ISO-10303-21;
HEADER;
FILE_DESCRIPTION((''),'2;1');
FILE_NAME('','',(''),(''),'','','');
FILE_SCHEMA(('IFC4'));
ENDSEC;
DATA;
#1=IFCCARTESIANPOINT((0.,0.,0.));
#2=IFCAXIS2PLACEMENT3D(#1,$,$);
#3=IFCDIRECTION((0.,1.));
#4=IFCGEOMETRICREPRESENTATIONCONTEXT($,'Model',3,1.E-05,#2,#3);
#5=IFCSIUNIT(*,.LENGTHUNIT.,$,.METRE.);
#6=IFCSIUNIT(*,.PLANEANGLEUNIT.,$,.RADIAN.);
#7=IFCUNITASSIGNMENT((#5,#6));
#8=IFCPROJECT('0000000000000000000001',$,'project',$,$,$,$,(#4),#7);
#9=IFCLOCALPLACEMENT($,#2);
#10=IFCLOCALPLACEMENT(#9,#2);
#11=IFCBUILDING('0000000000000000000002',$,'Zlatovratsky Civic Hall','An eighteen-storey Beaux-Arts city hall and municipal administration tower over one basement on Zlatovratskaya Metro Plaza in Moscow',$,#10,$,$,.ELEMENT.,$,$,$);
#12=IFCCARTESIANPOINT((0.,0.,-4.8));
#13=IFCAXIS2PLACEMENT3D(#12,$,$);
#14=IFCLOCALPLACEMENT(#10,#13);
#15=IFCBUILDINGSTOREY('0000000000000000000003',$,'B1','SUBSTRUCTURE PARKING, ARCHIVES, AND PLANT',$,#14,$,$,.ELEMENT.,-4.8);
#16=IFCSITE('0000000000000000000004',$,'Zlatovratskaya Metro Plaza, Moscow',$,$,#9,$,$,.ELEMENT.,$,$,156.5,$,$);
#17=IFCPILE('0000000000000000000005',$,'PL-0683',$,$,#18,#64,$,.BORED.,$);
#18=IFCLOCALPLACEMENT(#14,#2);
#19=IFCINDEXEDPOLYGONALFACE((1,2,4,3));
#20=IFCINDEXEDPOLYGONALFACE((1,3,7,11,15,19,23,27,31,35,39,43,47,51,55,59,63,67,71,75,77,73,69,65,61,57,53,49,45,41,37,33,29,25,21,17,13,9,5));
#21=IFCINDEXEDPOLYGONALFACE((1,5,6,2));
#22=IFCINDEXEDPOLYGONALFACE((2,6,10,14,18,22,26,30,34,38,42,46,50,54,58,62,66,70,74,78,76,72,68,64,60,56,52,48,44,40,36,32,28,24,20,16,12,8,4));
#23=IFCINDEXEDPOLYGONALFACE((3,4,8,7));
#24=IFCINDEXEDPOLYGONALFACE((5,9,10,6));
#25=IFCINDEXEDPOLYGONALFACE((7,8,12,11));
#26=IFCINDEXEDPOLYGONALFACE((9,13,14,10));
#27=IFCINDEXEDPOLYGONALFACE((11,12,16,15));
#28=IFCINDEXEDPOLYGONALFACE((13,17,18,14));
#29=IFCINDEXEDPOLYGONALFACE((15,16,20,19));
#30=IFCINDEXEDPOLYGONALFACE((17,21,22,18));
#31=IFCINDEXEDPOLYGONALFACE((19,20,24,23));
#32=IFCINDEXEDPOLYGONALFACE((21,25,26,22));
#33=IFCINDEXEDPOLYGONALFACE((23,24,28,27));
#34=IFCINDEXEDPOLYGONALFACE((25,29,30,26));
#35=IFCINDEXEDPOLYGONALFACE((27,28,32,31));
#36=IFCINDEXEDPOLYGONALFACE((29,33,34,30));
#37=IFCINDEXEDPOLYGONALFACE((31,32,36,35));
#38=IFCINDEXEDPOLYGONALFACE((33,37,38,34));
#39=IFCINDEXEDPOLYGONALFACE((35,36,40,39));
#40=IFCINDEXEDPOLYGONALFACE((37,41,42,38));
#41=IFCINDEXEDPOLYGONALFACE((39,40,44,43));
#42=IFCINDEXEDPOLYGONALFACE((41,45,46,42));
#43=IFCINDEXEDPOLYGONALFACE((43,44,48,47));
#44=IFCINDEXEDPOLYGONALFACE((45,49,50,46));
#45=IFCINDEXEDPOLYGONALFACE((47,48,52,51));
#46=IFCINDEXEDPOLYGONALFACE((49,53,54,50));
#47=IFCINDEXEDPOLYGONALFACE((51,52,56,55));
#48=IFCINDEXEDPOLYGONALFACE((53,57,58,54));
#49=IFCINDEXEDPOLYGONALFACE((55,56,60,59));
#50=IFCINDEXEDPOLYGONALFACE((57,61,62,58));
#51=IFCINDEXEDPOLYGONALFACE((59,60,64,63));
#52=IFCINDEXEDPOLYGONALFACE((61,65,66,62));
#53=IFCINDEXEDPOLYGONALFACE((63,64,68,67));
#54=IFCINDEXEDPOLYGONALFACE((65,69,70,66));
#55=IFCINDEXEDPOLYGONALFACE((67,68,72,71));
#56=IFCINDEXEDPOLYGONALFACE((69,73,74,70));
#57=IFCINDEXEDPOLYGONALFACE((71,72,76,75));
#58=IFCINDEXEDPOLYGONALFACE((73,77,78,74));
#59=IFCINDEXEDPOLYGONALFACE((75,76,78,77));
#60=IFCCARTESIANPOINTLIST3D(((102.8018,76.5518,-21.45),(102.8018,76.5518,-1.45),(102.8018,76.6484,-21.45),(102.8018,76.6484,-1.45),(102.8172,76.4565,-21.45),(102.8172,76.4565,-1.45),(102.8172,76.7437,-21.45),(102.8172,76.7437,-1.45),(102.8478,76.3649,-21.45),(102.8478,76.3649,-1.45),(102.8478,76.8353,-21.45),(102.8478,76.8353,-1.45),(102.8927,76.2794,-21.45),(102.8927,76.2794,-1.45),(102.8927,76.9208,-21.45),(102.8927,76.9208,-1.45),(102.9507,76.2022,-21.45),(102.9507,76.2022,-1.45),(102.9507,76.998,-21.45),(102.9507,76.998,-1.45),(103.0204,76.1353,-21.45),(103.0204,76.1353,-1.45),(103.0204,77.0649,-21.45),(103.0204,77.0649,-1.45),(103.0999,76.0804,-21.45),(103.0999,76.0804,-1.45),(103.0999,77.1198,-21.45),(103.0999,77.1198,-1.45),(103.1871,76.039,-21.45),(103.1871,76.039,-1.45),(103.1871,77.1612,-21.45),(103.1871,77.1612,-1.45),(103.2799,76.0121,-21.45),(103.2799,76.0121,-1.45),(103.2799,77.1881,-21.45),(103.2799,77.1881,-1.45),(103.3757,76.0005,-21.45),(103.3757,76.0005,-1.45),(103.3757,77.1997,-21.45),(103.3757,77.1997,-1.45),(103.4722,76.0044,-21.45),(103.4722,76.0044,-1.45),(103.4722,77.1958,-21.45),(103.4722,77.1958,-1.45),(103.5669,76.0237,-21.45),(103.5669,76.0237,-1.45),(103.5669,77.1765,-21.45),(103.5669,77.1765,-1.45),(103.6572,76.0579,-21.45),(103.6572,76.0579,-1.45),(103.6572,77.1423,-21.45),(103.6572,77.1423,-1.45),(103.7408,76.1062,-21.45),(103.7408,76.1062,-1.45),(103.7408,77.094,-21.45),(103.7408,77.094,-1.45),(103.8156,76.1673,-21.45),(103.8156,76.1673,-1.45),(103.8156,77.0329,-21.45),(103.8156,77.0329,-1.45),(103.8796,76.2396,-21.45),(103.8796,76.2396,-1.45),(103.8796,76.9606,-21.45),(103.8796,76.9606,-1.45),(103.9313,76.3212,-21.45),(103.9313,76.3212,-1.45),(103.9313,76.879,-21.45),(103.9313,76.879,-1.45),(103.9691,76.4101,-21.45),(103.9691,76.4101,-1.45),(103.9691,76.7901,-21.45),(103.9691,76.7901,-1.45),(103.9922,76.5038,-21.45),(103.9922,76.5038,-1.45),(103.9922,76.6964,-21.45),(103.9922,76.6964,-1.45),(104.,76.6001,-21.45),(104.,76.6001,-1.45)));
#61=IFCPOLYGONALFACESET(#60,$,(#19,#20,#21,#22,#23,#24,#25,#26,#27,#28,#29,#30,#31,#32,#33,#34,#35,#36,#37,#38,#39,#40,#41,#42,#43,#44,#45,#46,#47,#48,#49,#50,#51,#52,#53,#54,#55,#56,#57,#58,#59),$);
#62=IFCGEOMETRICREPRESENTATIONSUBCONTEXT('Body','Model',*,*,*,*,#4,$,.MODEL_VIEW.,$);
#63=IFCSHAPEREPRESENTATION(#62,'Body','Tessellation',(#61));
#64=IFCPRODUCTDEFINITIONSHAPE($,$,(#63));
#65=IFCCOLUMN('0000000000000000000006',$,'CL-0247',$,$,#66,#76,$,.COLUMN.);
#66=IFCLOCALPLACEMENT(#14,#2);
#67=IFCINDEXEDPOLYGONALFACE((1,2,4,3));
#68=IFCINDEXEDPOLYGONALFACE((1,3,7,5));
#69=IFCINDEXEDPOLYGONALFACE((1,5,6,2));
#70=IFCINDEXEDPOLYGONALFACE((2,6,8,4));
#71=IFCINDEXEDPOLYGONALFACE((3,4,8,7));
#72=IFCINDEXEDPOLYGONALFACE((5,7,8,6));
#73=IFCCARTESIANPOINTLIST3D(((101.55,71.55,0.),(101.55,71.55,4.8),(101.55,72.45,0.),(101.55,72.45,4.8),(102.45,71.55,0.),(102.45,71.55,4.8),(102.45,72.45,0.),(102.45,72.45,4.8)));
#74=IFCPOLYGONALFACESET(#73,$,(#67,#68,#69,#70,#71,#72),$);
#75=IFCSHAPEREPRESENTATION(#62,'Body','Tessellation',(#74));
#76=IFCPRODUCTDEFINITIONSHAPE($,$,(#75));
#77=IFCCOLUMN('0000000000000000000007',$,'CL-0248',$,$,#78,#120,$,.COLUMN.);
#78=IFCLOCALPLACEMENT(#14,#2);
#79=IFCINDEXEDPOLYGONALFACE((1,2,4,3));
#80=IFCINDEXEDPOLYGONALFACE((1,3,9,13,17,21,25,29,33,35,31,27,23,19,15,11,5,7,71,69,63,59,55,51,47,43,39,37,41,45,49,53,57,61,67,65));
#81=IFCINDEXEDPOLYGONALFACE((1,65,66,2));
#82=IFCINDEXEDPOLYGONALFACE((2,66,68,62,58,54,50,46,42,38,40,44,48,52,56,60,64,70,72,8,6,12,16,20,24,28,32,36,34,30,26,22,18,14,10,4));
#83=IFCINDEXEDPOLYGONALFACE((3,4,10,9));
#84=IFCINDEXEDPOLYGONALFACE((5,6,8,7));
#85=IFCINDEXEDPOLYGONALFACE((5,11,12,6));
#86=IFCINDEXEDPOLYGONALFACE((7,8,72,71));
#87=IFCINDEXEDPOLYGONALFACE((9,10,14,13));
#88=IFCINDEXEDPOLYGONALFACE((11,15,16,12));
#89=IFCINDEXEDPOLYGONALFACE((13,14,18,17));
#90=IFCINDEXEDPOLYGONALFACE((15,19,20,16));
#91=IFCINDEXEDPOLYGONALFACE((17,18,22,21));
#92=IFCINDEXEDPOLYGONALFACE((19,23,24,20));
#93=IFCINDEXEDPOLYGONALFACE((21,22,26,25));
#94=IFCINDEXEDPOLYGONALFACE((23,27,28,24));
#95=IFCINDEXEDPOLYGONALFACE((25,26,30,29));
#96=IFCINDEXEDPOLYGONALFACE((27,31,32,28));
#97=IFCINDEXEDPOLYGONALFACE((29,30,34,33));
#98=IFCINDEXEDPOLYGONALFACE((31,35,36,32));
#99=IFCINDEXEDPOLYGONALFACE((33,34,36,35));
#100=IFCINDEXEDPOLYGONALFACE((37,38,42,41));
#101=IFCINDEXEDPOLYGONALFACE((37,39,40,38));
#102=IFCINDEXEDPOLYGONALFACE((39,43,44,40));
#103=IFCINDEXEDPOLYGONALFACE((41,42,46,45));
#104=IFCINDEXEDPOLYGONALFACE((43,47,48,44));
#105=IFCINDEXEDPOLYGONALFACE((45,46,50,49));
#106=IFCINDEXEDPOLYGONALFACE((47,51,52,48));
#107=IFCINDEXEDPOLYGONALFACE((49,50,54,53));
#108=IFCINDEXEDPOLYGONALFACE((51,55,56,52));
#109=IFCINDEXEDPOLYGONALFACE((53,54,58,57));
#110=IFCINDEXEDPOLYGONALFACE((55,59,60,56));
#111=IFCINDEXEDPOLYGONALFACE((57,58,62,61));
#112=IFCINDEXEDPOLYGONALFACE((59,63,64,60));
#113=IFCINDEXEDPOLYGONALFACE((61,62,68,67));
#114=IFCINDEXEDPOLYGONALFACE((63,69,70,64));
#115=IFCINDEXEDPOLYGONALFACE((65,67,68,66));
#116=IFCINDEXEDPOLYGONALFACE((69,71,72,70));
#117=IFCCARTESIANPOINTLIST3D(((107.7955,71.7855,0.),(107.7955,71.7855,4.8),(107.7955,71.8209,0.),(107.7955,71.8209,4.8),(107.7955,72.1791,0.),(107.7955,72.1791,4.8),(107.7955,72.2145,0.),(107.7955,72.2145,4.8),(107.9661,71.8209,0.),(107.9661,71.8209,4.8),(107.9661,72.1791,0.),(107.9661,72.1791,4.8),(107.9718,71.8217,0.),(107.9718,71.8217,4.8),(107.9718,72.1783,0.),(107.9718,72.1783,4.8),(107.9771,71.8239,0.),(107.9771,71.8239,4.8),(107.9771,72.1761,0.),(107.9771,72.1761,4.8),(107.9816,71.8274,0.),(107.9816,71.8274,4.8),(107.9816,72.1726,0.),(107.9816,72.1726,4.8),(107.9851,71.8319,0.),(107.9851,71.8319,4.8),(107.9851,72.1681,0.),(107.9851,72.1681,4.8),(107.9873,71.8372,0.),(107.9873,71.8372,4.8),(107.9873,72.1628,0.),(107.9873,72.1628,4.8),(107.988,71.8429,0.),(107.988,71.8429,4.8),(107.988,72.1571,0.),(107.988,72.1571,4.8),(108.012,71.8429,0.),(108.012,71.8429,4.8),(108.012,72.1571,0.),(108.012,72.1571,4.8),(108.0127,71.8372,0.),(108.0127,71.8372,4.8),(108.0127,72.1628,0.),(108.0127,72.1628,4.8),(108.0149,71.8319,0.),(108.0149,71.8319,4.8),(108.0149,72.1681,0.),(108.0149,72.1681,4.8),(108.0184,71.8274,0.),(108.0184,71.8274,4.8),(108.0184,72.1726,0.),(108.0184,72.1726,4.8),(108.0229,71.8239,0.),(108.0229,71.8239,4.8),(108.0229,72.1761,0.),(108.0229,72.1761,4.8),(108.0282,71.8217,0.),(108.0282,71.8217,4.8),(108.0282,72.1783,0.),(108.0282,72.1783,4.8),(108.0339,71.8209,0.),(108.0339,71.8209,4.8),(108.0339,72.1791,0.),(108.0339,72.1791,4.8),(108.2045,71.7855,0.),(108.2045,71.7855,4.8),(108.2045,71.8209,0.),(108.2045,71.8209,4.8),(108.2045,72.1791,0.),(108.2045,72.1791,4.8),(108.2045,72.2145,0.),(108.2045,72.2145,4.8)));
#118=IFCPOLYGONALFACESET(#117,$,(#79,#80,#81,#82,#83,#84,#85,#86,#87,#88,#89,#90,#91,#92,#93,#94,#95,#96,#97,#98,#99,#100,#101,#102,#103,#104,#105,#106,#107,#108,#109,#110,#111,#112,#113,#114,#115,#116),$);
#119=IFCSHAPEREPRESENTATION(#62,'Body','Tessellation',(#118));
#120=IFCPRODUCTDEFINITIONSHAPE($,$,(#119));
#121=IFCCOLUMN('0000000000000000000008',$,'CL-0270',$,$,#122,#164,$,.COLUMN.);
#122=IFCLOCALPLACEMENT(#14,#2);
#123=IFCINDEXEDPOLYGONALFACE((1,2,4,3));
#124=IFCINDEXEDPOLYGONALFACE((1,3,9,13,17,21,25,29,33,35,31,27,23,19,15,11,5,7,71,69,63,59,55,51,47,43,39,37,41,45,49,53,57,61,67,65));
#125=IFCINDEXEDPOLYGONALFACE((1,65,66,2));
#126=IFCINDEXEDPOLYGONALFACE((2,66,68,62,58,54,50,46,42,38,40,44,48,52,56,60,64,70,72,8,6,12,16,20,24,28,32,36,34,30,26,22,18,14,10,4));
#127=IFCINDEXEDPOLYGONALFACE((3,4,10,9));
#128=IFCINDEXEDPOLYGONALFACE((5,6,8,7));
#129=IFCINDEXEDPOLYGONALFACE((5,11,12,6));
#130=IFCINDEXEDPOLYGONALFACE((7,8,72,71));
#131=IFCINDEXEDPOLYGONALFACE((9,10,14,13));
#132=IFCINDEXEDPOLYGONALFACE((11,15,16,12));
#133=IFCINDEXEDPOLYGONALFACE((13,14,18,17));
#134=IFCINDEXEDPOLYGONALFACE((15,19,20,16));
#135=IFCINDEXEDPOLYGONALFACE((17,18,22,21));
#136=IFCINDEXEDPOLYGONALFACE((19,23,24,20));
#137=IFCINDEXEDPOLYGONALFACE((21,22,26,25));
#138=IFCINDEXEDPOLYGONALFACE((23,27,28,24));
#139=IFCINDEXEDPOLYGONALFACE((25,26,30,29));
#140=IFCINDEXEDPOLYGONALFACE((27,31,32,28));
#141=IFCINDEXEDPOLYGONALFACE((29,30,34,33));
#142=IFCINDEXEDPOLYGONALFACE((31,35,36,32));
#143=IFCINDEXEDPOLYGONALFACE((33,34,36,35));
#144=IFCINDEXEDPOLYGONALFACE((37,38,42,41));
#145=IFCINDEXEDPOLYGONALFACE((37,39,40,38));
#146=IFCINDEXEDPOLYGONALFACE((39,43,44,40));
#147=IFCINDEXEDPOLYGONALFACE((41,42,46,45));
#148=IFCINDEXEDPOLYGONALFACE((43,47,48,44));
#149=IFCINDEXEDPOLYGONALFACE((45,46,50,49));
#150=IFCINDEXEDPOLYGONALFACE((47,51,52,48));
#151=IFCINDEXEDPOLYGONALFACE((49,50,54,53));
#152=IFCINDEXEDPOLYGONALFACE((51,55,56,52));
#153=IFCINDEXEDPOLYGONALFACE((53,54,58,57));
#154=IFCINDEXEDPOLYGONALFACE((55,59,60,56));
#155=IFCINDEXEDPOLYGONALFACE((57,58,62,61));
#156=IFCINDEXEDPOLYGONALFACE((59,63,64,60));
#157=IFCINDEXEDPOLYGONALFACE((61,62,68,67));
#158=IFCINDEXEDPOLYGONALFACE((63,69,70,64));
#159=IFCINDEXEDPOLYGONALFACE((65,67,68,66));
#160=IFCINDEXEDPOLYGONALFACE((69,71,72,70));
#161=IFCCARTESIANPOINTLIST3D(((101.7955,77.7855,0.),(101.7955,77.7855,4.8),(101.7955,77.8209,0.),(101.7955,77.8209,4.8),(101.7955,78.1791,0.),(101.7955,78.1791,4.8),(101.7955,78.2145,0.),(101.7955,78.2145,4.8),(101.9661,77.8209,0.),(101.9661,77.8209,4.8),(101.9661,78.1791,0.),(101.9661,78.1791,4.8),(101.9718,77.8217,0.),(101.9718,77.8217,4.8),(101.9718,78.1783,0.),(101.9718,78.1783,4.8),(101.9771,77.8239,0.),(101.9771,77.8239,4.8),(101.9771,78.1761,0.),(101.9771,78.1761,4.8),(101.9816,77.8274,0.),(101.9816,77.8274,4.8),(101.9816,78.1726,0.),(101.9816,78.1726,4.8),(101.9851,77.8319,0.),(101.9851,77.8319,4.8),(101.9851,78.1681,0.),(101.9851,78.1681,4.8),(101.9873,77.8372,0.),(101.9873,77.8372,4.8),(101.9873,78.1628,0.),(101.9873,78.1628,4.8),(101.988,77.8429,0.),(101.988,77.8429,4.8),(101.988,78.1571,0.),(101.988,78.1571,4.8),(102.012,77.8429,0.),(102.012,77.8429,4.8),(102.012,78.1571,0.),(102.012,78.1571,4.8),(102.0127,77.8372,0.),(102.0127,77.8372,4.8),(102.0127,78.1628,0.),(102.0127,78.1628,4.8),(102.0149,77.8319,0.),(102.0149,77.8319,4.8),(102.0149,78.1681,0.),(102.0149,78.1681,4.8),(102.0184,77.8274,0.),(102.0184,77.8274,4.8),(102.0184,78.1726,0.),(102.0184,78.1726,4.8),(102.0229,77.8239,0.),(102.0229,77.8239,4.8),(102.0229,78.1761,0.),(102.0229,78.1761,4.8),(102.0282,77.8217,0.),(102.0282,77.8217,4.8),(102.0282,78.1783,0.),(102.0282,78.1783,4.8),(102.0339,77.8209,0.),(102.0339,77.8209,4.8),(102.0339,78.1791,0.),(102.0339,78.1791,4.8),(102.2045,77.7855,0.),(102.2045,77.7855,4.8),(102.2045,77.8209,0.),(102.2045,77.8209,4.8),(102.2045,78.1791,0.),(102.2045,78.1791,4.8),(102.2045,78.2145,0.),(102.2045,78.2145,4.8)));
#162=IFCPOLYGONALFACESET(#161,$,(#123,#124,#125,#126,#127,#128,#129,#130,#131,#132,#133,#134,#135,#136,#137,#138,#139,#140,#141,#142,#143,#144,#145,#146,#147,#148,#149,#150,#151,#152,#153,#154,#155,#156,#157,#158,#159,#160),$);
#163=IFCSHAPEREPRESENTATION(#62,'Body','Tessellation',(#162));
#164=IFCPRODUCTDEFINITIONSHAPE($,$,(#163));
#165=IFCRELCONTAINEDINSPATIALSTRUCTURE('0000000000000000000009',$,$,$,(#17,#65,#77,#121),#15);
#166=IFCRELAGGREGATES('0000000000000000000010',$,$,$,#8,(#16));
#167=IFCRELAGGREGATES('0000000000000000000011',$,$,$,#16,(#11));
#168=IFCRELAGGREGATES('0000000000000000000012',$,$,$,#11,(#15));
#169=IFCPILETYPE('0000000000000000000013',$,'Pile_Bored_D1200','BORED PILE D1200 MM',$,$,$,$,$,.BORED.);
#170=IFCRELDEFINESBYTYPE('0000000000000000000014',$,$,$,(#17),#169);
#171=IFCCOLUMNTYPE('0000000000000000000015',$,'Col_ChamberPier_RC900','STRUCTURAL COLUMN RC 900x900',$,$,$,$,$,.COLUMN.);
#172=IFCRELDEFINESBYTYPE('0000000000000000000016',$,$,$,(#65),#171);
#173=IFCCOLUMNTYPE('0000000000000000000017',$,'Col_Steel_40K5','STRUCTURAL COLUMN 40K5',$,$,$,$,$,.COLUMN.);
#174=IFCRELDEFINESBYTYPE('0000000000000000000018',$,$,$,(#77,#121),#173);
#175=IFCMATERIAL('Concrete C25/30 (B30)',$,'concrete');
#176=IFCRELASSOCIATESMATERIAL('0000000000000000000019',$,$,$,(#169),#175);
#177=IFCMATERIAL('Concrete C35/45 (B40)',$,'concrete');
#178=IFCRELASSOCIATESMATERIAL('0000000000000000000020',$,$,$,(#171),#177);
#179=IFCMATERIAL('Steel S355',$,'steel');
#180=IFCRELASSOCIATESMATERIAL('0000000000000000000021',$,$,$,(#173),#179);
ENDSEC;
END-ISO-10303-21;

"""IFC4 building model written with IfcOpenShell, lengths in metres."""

from ifc_helpers import new_model, si_unit, direction, frame, origin, origin_2d, place, context, subcontext, project, spatial, rectangle, circle, i_section, extrude, material, material_profile, profile_set, type_object, element, save


model = new_model("IFC4")

# Units and contexts
model_context = context("Model", 3, precision=1e-05, world=origin(), true_north=direction((0.0, 1.0)))
body_context = subcontext(model_context, "Body", "Model", "MODEL_VIEW")
ifc_project = project(units=[si_unit("LENGTHUNIT", "METRE"), si_unit("PLANEANGLEUNIT", "RADIAN")], contexts=[model_context])

# Site, building, storey
site_placement = place(None, origin())
site = spatial("IfcSite", under=ifc_project, at=site_placement, Name="Zlatovratskaya Metro Plaza, Moscow", CompositionType="ELEMENT", RefElevation=156.5)
building_placement = place(site_placement, origin())
building = spatial("IfcBuilding", under=site, at=building_placement, Name="Zlatovratsky Civic Hall", Description="An eighteen-storey Beaux-Arts city hall and municipal administration tower over one basement on Zlatovratskaya Metro Plaza in Moscow", CompositionType="ELEMENT")
storey_placement = place(building_placement, frame((0.0, 0.0, -4.8)))
storey = spatial("IfcBuildingStorey", under=building, at=storey_placement, Name="B1", Description="SUBSTRUCTURE PARKING, ARCHIVES, AND PLANT", CompositionType="ELEMENT", Elevation=-4.8)

# Shared definitions
ifc_material_1 = material(Name="Concrete C25/30 (B30)", Category="concrete")

# Pile
ifc_material_profile_1 = material_profile(ifc_material_1, circle(Radius=0.6001, at=origin_2d()), Name="PILE D1200")
ifc_profile_set_1 = profile_set([ifc_material_profile_1], Name="Concrete C25/30 (B30)")
pile_type_1 = type_object("IfcPileType", Name="Pile_Bored_D1200", Description="BORED PILE D1200 MM", PredefinedType="BORED", material=ifc_profile_set_1)
for number, where, z_axis, x_axis, name in (
    (1, (103.3999, 76.6001, -1.45), (0.0, 0.0, -1.0), (1.0, 0.0, 0.0), "PL-0683"),
):
    element("IfcPile", number, at=place(storey_placement, frame(where, z_axis=z_axis, x_axis=x_axis)), inside=storey, type_object=pile_type_1, Name=name, PredefinedType="BORED", context=body_context, shape_type="SweptSolid", body=[
        extrude(circle(Radius=0.6001, at=origin_2d()), origin(), (0.0, 0.0, 1.0), 20.0),
    ])

# Columns
ifc_material_2 = material(Name="Concrete C35/45 (B40)", Category="concrete")
ifc_material_profile_2 = material_profile(ifc_material_2, rectangle(XDim=0.8999, YDim=0.8999, at=origin_2d()), Name="RC 900x900")
ifc_profile_set_2 = profile_set([ifc_material_profile_2], Name="Concrete C35/45 (B40)")
column_type_1 = type_object("IfcColumnType", Name="Col_ChamberPier_RC900", Description="STRUCTURAL COLUMN RC 900x900", PredefinedType="COLUMN", material=ifc_profile_set_2)
column_placement = place(storey_placement, frame((102.0, 72.0, 0.0), z_axis=(0.0, 0.0, 1.0), x_axis=(1.0, 0.0, 0.0)))
element("IfcColumn", 2, at=column_placement, inside=storey, type_object=column_type_1, Name="CL-0247", PredefinedType="COLUMN", context=body_context, shape_type="SweptSolid", body=[
    extrude(rectangle(XDim=0.8999, YDim=0.8999, at=origin_2d()), origin(), (0.0, 0.0, 1.0), 4.8),
])
ifc_material_3 = material(Name="Steel S355", Category="steel")
ifc_material_profile_3 = material_profile(ifc_material_3, i_section(OverallWidth=0.4089, OverallDepth=0.429, WebThickness=0.0239, FlangeThickness=0.0354, FilletRadius=0.022, at=origin_2d()), Name="40K5")
ifc_profile_set_3 = profile_set([ifc_material_profile_3], Name="Steel S355")
column_type_2 = type_object("IfcColumnType", Name="Col_Steel_40K5", Description="STRUCTURAL COLUMN 40K5", PredefinedType="COLUMN", material=ifc_profile_set_3)
for number, where, z_axis, x_axis, name in (
    (3, (108.0, 72.0, 0.0), (0.0, 0.0, 1.0), (1.0, 0.0, 0.0), "CL-0248"),
    (4, (102.0, 78.0, 0.0), (0.0, 0.0, 1.0), (1.0, 0.0, 0.0), "CL-0270"),
):
    element("IfcColumn", number, at=place(storey_placement, frame(where, z_axis=z_axis, x_axis=x_axis)), inside=storey, type_object=column_type_2, Name=name, PredefinedType="COLUMN", context=body_context, shape_type="SweptSolid", body=[
        extrude(i_section(OverallWidth=0.4089, OverallDepth=0.429, WebThickness=0.0239, FlangeThickness=0.0354, FilletRadius=0.022, at=origin_2d()), origin(), (0.0, 0.0, 1.0), 4.8),
    ])

save(model, "model.ifc")
